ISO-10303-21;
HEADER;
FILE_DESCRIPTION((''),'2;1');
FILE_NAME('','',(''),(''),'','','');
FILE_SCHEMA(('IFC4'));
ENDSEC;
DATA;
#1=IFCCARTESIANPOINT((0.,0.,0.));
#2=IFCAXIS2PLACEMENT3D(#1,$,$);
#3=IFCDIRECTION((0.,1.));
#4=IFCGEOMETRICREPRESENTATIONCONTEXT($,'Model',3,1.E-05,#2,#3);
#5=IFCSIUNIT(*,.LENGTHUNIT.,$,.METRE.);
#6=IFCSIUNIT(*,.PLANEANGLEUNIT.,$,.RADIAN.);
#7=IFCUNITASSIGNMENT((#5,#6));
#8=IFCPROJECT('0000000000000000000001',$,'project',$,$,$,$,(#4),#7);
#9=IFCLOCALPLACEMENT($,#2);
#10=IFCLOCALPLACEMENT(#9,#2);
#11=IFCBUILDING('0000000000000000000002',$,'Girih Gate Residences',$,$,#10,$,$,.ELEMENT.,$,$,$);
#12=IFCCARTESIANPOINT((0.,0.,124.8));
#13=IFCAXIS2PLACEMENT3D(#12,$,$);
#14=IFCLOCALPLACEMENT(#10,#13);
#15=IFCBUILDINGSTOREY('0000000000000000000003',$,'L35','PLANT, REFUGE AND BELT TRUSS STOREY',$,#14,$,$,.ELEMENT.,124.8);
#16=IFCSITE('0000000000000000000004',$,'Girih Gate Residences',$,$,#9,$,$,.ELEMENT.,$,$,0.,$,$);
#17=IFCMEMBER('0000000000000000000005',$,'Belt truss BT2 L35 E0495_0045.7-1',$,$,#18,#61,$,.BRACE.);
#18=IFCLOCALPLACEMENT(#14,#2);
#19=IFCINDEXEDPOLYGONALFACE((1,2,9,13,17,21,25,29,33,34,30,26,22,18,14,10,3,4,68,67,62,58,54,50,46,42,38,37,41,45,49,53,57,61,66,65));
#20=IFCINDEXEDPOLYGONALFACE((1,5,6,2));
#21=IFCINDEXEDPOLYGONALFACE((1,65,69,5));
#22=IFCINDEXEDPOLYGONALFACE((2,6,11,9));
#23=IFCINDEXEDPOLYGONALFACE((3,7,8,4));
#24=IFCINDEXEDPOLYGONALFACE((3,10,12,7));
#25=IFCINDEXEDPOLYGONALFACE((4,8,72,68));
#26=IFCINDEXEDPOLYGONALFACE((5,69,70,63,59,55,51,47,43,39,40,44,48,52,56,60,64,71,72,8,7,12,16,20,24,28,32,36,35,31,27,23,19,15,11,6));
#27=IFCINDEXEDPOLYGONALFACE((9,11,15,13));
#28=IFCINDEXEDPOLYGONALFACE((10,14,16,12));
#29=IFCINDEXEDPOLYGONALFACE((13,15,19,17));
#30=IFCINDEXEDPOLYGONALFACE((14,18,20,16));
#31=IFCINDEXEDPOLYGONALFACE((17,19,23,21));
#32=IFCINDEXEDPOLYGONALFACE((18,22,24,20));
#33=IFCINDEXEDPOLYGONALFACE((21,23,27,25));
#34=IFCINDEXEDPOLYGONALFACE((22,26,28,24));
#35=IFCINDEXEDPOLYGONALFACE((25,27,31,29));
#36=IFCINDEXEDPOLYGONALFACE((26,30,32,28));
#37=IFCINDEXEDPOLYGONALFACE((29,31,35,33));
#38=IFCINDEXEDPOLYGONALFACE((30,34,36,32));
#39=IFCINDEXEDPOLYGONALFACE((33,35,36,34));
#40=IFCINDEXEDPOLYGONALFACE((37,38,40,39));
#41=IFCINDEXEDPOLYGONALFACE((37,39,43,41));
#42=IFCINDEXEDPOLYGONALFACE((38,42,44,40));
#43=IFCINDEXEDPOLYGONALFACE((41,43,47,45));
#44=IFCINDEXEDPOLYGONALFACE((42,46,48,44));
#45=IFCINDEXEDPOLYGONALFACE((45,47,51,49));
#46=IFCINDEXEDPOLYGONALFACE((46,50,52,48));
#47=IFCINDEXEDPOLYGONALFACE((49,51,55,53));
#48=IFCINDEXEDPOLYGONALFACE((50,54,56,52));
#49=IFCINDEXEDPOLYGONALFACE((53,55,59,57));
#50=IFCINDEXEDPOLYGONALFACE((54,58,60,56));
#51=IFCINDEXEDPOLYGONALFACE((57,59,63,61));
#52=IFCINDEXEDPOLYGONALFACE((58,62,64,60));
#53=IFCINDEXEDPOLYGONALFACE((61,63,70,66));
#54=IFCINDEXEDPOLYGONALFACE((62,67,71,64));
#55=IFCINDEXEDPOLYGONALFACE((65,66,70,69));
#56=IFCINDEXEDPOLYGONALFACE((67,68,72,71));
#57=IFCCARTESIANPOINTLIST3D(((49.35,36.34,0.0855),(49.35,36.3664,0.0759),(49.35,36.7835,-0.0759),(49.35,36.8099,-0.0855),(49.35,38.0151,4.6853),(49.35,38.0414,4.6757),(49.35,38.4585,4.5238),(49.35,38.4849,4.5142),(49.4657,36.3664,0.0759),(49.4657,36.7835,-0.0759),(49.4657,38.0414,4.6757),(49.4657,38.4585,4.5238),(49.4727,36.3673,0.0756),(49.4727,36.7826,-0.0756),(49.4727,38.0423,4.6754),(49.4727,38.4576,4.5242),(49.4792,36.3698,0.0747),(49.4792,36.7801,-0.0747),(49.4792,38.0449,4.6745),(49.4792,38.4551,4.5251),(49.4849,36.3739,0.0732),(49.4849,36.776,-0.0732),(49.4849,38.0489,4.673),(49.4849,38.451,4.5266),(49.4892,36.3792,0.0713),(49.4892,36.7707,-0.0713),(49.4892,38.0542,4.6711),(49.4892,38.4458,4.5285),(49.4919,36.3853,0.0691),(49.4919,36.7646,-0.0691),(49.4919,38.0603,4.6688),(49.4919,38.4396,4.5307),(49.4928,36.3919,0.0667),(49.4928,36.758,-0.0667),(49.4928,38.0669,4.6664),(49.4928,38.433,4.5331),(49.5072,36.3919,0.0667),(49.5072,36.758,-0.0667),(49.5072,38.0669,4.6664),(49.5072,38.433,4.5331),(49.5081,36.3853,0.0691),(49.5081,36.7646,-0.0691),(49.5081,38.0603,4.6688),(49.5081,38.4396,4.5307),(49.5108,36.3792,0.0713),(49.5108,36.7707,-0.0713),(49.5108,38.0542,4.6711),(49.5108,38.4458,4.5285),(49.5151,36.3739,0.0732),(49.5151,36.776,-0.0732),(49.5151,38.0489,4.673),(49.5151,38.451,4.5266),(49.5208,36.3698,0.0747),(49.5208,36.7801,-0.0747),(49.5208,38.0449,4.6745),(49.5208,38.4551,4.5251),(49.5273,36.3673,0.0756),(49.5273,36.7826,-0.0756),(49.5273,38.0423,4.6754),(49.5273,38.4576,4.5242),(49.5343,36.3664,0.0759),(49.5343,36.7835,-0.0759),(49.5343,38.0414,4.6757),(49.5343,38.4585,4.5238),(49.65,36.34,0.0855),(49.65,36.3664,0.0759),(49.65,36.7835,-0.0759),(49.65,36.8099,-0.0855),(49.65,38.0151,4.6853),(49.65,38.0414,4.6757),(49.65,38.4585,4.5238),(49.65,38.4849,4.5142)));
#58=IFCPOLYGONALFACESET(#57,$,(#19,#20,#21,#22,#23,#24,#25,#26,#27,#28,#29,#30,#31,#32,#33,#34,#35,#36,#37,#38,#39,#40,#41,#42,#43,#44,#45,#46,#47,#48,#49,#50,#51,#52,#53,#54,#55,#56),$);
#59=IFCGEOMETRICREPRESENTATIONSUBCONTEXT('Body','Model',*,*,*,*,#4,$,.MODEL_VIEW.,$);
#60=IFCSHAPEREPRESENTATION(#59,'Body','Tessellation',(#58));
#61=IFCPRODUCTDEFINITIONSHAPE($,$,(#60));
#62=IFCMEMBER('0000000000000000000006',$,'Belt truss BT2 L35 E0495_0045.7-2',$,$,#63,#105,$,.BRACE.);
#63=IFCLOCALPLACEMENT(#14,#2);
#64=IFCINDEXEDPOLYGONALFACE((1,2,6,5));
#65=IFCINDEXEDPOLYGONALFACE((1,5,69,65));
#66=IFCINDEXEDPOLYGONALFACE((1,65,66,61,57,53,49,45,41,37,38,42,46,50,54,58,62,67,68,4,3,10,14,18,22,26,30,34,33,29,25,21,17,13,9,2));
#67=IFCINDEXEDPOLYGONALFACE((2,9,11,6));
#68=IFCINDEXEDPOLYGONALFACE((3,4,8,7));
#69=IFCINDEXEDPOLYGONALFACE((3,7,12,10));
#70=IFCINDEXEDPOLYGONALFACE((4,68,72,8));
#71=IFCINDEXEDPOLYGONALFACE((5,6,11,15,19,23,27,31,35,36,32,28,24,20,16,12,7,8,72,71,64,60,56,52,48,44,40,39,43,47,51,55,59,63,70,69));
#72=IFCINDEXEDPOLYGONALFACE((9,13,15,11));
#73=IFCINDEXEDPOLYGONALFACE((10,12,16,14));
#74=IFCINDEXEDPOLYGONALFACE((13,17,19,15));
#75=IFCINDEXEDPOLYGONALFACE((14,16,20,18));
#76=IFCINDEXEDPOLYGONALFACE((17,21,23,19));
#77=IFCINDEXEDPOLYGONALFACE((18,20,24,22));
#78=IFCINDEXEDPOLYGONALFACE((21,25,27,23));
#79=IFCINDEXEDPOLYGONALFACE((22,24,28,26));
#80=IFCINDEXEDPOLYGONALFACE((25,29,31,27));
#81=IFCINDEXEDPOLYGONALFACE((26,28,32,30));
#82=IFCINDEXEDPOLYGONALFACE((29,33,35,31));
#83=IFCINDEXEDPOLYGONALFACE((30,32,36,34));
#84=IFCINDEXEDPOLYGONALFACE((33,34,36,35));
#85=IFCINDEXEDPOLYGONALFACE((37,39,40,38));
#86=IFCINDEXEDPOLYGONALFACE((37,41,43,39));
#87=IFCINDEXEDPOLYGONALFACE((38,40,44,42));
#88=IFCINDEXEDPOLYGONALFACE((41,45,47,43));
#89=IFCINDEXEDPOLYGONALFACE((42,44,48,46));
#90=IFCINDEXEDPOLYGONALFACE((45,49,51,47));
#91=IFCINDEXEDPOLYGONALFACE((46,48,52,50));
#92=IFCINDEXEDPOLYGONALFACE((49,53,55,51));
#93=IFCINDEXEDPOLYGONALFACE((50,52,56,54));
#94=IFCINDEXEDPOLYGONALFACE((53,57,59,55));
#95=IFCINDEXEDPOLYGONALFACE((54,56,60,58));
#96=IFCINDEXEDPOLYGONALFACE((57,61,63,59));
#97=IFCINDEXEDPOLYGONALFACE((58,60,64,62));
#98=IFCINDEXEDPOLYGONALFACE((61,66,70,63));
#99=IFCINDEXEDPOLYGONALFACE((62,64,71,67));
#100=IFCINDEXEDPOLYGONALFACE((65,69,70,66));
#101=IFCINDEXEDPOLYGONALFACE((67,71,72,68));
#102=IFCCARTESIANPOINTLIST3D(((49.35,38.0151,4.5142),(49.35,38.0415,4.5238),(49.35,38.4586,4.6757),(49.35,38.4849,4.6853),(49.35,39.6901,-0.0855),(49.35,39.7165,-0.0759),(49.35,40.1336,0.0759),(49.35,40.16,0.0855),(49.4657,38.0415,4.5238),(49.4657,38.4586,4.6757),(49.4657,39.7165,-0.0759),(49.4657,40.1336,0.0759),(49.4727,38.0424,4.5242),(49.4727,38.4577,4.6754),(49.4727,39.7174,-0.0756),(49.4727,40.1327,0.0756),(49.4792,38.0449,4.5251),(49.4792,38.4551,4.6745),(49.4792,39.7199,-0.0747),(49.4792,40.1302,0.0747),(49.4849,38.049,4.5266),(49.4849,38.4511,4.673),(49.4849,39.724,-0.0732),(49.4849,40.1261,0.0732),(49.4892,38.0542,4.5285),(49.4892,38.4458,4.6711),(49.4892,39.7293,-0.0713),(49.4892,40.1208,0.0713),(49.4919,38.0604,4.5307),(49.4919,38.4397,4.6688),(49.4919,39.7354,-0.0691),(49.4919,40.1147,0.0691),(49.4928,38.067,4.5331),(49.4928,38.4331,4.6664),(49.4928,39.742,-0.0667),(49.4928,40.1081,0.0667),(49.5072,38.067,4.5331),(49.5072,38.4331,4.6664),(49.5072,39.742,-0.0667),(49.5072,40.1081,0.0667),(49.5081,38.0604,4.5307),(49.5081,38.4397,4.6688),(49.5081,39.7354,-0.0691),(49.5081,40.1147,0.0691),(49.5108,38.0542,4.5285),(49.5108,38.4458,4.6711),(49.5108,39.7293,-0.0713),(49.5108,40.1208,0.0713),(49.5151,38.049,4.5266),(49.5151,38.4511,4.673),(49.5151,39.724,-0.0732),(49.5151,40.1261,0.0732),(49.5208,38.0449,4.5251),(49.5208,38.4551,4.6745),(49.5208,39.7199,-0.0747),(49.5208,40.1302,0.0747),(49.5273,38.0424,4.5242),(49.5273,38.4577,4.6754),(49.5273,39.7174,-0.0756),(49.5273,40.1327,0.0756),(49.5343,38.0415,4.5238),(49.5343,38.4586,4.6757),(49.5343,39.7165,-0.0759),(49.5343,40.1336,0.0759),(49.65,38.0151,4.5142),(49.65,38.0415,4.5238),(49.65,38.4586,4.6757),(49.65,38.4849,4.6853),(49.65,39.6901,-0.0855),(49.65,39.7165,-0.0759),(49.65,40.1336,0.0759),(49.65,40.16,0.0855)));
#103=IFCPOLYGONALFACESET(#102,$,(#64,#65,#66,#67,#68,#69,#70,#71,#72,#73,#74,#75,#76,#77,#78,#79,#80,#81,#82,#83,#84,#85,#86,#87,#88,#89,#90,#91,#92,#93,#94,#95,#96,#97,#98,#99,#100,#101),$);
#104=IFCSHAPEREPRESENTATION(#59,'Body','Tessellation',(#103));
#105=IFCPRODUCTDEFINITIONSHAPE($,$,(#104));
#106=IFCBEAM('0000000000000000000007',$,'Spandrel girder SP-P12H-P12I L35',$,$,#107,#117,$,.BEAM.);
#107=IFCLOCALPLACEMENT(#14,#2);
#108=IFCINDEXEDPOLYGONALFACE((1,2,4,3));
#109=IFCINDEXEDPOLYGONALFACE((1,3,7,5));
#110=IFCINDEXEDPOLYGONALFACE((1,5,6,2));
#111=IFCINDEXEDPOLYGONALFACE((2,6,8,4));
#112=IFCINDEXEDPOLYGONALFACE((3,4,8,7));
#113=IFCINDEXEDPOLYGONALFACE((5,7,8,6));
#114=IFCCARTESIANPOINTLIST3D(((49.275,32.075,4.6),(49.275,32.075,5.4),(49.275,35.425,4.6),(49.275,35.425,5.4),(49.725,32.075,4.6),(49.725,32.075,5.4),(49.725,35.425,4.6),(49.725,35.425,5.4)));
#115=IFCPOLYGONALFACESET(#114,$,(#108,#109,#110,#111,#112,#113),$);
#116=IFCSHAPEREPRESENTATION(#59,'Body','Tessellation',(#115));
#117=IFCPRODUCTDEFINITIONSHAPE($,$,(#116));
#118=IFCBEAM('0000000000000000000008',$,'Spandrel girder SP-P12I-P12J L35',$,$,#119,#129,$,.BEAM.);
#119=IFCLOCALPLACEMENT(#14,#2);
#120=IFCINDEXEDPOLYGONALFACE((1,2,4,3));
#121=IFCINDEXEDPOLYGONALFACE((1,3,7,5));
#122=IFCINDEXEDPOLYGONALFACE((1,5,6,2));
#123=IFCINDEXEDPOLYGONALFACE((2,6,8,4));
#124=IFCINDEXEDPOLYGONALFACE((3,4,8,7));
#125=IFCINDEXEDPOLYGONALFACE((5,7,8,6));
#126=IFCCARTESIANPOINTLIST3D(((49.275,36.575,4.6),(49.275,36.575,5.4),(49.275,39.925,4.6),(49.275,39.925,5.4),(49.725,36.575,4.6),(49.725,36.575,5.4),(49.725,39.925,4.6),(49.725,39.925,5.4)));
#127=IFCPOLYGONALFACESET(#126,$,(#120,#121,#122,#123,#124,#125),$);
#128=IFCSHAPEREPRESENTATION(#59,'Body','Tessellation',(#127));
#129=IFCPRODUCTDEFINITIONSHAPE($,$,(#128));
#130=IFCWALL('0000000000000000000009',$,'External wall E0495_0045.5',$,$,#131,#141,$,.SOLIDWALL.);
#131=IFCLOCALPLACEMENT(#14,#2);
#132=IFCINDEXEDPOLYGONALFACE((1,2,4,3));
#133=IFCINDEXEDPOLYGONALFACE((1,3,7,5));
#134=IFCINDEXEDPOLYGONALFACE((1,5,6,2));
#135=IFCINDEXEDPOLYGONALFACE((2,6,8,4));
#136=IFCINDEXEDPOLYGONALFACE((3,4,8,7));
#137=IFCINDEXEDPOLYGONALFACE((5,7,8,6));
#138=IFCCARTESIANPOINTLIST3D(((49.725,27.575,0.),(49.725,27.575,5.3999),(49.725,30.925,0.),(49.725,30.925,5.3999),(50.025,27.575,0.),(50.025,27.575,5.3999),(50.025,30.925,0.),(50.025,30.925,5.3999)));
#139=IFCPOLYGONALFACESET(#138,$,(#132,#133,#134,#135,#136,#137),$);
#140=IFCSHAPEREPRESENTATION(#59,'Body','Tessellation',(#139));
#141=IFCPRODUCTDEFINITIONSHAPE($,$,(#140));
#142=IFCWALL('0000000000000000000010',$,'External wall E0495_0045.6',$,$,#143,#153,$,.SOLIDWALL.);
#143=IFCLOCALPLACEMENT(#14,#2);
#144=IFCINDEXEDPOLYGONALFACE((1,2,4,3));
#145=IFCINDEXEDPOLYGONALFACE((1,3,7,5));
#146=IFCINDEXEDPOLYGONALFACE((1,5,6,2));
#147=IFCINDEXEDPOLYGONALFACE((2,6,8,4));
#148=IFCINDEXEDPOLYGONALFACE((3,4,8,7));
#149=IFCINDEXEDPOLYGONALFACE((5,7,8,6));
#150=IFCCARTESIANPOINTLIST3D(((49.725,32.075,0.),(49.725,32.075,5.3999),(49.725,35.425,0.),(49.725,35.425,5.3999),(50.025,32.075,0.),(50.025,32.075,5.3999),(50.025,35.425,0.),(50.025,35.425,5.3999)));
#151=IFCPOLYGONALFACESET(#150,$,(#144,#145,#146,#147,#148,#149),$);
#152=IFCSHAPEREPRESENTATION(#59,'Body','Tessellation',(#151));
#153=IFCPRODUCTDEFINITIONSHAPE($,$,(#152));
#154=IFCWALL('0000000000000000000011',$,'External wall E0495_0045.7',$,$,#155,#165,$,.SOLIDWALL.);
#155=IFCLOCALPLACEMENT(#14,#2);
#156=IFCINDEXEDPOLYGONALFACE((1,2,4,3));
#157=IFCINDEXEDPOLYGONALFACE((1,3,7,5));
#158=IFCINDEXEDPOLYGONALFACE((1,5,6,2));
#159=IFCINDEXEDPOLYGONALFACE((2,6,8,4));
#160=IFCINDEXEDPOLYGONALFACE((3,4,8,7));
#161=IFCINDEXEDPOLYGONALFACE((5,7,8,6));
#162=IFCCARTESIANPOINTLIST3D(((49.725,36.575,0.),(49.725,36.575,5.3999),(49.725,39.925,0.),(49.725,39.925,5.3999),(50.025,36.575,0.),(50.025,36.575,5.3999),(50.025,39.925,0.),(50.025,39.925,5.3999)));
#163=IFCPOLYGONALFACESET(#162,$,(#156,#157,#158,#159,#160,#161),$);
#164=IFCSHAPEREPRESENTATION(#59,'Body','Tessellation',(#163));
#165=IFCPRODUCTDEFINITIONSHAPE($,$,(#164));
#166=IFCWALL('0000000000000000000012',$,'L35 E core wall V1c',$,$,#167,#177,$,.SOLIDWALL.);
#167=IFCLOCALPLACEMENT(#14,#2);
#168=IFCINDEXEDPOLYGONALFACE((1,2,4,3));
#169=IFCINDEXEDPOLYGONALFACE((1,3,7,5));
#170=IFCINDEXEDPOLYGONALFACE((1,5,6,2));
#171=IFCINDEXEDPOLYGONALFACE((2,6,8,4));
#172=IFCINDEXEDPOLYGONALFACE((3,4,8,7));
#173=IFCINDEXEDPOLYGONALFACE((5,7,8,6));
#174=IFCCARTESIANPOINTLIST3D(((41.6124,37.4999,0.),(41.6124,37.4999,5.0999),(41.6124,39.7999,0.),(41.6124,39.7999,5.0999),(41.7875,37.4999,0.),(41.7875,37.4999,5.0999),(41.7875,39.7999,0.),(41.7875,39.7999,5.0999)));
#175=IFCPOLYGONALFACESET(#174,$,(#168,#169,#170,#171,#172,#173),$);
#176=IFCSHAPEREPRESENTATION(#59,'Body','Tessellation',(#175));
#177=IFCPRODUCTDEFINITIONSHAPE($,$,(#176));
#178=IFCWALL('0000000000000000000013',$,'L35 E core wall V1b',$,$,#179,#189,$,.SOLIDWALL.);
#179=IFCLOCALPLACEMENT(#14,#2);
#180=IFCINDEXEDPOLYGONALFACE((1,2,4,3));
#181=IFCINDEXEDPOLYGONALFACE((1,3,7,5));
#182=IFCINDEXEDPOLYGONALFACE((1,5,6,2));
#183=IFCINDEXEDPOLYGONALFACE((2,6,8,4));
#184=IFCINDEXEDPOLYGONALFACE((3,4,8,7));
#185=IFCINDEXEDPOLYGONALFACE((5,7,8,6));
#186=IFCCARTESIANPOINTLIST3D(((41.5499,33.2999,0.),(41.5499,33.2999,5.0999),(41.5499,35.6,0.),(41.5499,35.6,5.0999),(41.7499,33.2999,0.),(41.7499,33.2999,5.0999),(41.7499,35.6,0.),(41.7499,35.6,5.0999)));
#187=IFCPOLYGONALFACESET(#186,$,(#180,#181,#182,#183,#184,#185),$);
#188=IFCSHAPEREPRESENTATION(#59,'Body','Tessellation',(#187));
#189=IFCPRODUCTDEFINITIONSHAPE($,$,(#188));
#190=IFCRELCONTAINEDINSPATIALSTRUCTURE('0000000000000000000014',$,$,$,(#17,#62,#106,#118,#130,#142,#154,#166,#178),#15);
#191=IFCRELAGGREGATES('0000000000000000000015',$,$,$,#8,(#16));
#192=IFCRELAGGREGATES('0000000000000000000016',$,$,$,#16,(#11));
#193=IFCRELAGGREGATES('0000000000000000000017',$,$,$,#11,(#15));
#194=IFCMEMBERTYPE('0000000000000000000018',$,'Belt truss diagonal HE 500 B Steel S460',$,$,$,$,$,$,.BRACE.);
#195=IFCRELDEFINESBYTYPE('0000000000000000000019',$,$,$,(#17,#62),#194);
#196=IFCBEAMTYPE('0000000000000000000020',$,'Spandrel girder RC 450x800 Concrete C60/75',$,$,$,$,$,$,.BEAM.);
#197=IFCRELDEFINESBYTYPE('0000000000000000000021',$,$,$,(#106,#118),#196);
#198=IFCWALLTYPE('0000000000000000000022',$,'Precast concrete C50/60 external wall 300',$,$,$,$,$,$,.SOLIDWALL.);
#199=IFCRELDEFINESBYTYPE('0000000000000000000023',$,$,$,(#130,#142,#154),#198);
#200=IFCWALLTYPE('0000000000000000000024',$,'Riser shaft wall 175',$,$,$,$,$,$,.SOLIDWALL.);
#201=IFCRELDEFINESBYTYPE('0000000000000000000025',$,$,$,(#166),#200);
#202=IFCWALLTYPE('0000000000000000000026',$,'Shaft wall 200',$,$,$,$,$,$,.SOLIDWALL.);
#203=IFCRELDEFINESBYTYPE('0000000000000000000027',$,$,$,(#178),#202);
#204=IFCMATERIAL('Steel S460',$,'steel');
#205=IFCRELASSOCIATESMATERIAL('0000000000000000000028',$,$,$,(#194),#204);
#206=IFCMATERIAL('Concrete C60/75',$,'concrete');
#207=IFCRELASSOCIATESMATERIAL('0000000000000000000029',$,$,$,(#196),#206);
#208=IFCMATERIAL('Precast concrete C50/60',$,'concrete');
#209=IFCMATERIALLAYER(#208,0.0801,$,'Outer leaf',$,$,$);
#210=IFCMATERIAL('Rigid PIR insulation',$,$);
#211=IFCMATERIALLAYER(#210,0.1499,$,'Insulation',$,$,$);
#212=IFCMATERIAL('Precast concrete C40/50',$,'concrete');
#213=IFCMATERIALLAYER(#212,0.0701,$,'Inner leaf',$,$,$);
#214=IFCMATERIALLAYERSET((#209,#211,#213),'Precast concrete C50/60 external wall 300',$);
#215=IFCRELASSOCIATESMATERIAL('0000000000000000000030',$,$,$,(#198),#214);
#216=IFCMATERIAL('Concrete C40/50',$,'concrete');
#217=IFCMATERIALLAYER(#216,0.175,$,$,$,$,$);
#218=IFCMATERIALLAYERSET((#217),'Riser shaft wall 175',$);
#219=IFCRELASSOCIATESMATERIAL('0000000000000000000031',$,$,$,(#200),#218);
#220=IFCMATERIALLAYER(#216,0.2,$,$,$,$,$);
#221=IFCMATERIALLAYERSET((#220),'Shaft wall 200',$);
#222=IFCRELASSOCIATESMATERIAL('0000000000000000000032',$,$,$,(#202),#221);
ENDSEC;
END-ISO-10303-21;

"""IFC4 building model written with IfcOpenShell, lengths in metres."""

from ifc_helpers import new_model, si_unit, direction, frame, frame_2d, origin, origin_2d, place, context, subcontext, project, spatial, rectangle, i_section, extrude, material, layer, layer_set, material_profile, profile_set, type_object, element, save


model = new_model("IFC4")

# Units and contexts
model_context = context("Model", 3, precision=1e-05, world=origin(), true_north=direction((0.0, 1.0)))
body_context = subcontext(model_context, "Body", "Model", "MODEL_VIEW")
ifc_project = project(units=[si_unit("LENGTHUNIT", "METRE"), si_unit("PLANEANGLEUNIT", "RADIAN")], contexts=[model_context])

# Site, building, storey
site_placement = place(None, origin())
site = spatial("IfcSite", under=ifc_project, at=site_placement, Name="Girih Gate Residences", CompositionType="ELEMENT", RefElevation=0.0)
building_placement = place(site_placement, origin())
building = spatial("IfcBuilding", under=site, at=building_placement, Name="Girih Gate Residences", CompositionType="ELEMENT")
storey_placement = place(building_placement, frame((0.0, 0.0, 124.8)))
storey = spatial("IfcBuildingStorey", under=building, at=storey_placement, Name="L35", Description="PLANT, REFUGE AND BELT TRUSS STOREY", CompositionType="ELEMENT", Elevation=124.8)

# Members
ifc_material_1 = material(Name="Steel S460", Category="steel")
ifc_material_profile_1 = material_profile(ifc_material_1, i_section(OverallWidth=0.3, OverallDepth=0.5, WebThickness=0.0144, FlangeThickness=0.0281, FilletRadius=0.0271, at=origin_2d()))
ifc_profile_set_1 = profile_set([ifc_material_profile_1], Name="Steel S460")
member_type = type_object("IfcMemberType", Name="Belt truss diagonal HE 500 B Steel S460", PredefinedType="BRACE", material=ifc_profile_set_1)
for number, where, z_axis, x_axis, name in (
    (1, (49.5, 36.575, 0.0), (0.0, 0.342171, 0.939638), (-1.0, 0.0, 0.0), "Belt truss BT2 L35 E0495_0045.7-1"),
    (2, (49.5, 39.925, 0.0), (0.0, -0.342171, 0.939638), (1.0, 0.0, 0.0), "Belt truss BT2 L35 E0495_0045.7-2"),
):
    element("IfcMember", number, at=place(storey_placement, frame(where, z_axis=z_axis, x_axis=x_axis)), inside=storey, type_object=member_type, Name=name, PredefinedType="BRACE", context=body_context, shape_type="SweptSolid", body=[
        extrude(i_section(OverallWidth=0.3, OverallDepth=0.5, WebThickness=0.0144, FlangeThickness=0.0281, FilletRadius=0.0271, at=origin_2d()), origin(), (0.0, 0.0, 1.0), 4.8953),
    ])

# Beams
ifc_material_2 = material(Name="Concrete C60/75", Category="concrete")
ifc_material_profile_2 = material_profile(ifc_material_2, rectangle(XDim=0.45, YDim=0.8, at=origin_2d()))
ifc_profile_set_2 = profile_set([ifc_material_profile_2], Name="Concrete C60/75")
beam_type = type_object("IfcBeamType", Name="Spandrel girder RC 450x800 Concrete C60/75", PredefinedType="BEAM", material=ifc_profile_set_2)
for number, where, z_axis, x_axis, name in (
    (3, (49.5, 32.075, 5.0), (0.0, 1.0, 0.0), (-1.0, 0.0, 0.0), "Spandrel girder SP-P12H-P12I L35"),
    (4, (49.5, 36.575, 5.0), (0.0, 1.0, 0.0), (-1.0, 0.0, 0.0), "Spandrel girder SP-P12I-P12J L35"),
):
    element("IfcBeam", number, at=place(storey_placement, frame(where, z_axis=z_axis, x_axis=x_axis)), inside=storey, type_object=beam_type, Name=name, PredefinedType="BEAM", context=body_context, shape_type="SweptSolid", body=[
        extrude(rectangle(XDim=0.45, YDim=0.8, at=origin_2d()), origin(), (0.0, 0.0, 1.0), 3.3501),
    ])

# Walls
ifc_material_3 = material(Name="Precast concrete C50/60", Category="concrete")
ifc_layer_1 = layer(ifc_material_3, 0.0801, Name="Outer leaf")
ifc_material_4 = material(Name="Rigid PIR insulation")
ifc_layer_2 = layer(ifc_material_4, 0.1499, Name="Insulation")
ifc_material_5 = material(Name="Precast concrete C40/50", Category="concrete")
ifc_layer_3 = layer(ifc_material_5, 0.0701, Name="Inner leaf")
ifc_layer_set_1 = layer_set([ifc_layer_1, ifc_layer_2, ifc_layer_3], Name="Precast concrete C50/60 external wall 300")
wall_type_1 = type_object("IfcWallType", Name="Precast concrete C50/60 external wall 300", PredefinedType="SOLIDWALL", material=ifc_layer_set_1)
for number, where, z_axis, x_axis, name in (
    (5, (49.875, 30.925, 0.0), (0.0, 0.0, 1.0), (0.0, -1.0, 0.0), "External wall E0495_0045.5"),
    (6, (49.875, 35.425, 0.0), (0.0, 0.0, 1.0), (0.0, -1.0, 0.0), "External wall E0495_0045.6"),
    (7, (49.875, 39.925, 0.0), (0.0, 0.0, 1.0), (0.0, -1.0, 0.0), "External wall E0495_0045.7"),
):
    element("IfcWall", number, at=place(storey_placement, frame(where, z_axis=z_axis, x_axis=x_axis)), inside=storey, type_object=wall_type_1, Name=name, PredefinedType="SOLIDWALL", context=body_context, shape_type="SweptSolid", body=[
        extrude(rectangle(XDim=3.3501, YDim=0.3, at=frame_2d((1.675, 0.0))), origin(), (0.0, 0.0, 1.0), 5.3999),
    ])
ifc_material_6 = material(Name="Concrete C40/50", Category="concrete")
ifc_layer_4 = layer(ifc_material_6, 0.175)
ifc_layer_set_2 = layer_set([ifc_layer_4], Name="Riser shaft wall 175")
wall_type_2 = type_object("IfcWallType", Name="Riser shaft wall 175", PredefinedType="SOLIDWALL", material=ifc_layer_set_2)
wall_1_placement = place(storey_placement, frame((41.7, 37.5, 0.0), z_axis=(0.0, 0.0, 1.0), x_axis=(0.0, 1.0, 0.0)))
element("IfcWall", 8, at=wall_1_placement, inside=storey, type_object=wall_type_2, Name="L35 E core wall V1c", PredefinedType="SOLIDWALL", context=body_context, shape_type="SweptSolid", body=[
    extrude(rectangle(XDim=2.3, YDim=0.175, at=frame_2d((1.1499, 0.0))), origin(), (0.0, 0.0, 1.0), 5.0999),
])
ifc_layer_5 = layer(ifc_material_6, 0.2)
ifc_layer_set_3 = layer_set([ifc_layer_5], Name="Shaft wall 200")
wall_type_3 = type_object("IfcWallType", Name="Shaft wall 200", PredefinedType="SOLIDWALL", material=ifc_layer_set_3)
wall_2_placement = place(storey_placement, frame((41.6499, 33.3, 0.0), z_axis=(0.0, 0.0, 1.0), x_axis=(0.0, 1.0, 0.0)))
element("IfcWall", 9, at=wall_2_placement, inside=storey, type_object=wall_type_3, Name="L35 E core wall V1b", PredefinedType="SOLIDWALL", context=body_context, shape_type="SweptSolid", body=[
    extrude(rectangle(XDim=2.3, YDim=0.2, at=frame_2d((1.1499, 0.0))), origin(), (0.0, 0.0, 1.0), 5.0999),
])

save(model, "model.ifc")
